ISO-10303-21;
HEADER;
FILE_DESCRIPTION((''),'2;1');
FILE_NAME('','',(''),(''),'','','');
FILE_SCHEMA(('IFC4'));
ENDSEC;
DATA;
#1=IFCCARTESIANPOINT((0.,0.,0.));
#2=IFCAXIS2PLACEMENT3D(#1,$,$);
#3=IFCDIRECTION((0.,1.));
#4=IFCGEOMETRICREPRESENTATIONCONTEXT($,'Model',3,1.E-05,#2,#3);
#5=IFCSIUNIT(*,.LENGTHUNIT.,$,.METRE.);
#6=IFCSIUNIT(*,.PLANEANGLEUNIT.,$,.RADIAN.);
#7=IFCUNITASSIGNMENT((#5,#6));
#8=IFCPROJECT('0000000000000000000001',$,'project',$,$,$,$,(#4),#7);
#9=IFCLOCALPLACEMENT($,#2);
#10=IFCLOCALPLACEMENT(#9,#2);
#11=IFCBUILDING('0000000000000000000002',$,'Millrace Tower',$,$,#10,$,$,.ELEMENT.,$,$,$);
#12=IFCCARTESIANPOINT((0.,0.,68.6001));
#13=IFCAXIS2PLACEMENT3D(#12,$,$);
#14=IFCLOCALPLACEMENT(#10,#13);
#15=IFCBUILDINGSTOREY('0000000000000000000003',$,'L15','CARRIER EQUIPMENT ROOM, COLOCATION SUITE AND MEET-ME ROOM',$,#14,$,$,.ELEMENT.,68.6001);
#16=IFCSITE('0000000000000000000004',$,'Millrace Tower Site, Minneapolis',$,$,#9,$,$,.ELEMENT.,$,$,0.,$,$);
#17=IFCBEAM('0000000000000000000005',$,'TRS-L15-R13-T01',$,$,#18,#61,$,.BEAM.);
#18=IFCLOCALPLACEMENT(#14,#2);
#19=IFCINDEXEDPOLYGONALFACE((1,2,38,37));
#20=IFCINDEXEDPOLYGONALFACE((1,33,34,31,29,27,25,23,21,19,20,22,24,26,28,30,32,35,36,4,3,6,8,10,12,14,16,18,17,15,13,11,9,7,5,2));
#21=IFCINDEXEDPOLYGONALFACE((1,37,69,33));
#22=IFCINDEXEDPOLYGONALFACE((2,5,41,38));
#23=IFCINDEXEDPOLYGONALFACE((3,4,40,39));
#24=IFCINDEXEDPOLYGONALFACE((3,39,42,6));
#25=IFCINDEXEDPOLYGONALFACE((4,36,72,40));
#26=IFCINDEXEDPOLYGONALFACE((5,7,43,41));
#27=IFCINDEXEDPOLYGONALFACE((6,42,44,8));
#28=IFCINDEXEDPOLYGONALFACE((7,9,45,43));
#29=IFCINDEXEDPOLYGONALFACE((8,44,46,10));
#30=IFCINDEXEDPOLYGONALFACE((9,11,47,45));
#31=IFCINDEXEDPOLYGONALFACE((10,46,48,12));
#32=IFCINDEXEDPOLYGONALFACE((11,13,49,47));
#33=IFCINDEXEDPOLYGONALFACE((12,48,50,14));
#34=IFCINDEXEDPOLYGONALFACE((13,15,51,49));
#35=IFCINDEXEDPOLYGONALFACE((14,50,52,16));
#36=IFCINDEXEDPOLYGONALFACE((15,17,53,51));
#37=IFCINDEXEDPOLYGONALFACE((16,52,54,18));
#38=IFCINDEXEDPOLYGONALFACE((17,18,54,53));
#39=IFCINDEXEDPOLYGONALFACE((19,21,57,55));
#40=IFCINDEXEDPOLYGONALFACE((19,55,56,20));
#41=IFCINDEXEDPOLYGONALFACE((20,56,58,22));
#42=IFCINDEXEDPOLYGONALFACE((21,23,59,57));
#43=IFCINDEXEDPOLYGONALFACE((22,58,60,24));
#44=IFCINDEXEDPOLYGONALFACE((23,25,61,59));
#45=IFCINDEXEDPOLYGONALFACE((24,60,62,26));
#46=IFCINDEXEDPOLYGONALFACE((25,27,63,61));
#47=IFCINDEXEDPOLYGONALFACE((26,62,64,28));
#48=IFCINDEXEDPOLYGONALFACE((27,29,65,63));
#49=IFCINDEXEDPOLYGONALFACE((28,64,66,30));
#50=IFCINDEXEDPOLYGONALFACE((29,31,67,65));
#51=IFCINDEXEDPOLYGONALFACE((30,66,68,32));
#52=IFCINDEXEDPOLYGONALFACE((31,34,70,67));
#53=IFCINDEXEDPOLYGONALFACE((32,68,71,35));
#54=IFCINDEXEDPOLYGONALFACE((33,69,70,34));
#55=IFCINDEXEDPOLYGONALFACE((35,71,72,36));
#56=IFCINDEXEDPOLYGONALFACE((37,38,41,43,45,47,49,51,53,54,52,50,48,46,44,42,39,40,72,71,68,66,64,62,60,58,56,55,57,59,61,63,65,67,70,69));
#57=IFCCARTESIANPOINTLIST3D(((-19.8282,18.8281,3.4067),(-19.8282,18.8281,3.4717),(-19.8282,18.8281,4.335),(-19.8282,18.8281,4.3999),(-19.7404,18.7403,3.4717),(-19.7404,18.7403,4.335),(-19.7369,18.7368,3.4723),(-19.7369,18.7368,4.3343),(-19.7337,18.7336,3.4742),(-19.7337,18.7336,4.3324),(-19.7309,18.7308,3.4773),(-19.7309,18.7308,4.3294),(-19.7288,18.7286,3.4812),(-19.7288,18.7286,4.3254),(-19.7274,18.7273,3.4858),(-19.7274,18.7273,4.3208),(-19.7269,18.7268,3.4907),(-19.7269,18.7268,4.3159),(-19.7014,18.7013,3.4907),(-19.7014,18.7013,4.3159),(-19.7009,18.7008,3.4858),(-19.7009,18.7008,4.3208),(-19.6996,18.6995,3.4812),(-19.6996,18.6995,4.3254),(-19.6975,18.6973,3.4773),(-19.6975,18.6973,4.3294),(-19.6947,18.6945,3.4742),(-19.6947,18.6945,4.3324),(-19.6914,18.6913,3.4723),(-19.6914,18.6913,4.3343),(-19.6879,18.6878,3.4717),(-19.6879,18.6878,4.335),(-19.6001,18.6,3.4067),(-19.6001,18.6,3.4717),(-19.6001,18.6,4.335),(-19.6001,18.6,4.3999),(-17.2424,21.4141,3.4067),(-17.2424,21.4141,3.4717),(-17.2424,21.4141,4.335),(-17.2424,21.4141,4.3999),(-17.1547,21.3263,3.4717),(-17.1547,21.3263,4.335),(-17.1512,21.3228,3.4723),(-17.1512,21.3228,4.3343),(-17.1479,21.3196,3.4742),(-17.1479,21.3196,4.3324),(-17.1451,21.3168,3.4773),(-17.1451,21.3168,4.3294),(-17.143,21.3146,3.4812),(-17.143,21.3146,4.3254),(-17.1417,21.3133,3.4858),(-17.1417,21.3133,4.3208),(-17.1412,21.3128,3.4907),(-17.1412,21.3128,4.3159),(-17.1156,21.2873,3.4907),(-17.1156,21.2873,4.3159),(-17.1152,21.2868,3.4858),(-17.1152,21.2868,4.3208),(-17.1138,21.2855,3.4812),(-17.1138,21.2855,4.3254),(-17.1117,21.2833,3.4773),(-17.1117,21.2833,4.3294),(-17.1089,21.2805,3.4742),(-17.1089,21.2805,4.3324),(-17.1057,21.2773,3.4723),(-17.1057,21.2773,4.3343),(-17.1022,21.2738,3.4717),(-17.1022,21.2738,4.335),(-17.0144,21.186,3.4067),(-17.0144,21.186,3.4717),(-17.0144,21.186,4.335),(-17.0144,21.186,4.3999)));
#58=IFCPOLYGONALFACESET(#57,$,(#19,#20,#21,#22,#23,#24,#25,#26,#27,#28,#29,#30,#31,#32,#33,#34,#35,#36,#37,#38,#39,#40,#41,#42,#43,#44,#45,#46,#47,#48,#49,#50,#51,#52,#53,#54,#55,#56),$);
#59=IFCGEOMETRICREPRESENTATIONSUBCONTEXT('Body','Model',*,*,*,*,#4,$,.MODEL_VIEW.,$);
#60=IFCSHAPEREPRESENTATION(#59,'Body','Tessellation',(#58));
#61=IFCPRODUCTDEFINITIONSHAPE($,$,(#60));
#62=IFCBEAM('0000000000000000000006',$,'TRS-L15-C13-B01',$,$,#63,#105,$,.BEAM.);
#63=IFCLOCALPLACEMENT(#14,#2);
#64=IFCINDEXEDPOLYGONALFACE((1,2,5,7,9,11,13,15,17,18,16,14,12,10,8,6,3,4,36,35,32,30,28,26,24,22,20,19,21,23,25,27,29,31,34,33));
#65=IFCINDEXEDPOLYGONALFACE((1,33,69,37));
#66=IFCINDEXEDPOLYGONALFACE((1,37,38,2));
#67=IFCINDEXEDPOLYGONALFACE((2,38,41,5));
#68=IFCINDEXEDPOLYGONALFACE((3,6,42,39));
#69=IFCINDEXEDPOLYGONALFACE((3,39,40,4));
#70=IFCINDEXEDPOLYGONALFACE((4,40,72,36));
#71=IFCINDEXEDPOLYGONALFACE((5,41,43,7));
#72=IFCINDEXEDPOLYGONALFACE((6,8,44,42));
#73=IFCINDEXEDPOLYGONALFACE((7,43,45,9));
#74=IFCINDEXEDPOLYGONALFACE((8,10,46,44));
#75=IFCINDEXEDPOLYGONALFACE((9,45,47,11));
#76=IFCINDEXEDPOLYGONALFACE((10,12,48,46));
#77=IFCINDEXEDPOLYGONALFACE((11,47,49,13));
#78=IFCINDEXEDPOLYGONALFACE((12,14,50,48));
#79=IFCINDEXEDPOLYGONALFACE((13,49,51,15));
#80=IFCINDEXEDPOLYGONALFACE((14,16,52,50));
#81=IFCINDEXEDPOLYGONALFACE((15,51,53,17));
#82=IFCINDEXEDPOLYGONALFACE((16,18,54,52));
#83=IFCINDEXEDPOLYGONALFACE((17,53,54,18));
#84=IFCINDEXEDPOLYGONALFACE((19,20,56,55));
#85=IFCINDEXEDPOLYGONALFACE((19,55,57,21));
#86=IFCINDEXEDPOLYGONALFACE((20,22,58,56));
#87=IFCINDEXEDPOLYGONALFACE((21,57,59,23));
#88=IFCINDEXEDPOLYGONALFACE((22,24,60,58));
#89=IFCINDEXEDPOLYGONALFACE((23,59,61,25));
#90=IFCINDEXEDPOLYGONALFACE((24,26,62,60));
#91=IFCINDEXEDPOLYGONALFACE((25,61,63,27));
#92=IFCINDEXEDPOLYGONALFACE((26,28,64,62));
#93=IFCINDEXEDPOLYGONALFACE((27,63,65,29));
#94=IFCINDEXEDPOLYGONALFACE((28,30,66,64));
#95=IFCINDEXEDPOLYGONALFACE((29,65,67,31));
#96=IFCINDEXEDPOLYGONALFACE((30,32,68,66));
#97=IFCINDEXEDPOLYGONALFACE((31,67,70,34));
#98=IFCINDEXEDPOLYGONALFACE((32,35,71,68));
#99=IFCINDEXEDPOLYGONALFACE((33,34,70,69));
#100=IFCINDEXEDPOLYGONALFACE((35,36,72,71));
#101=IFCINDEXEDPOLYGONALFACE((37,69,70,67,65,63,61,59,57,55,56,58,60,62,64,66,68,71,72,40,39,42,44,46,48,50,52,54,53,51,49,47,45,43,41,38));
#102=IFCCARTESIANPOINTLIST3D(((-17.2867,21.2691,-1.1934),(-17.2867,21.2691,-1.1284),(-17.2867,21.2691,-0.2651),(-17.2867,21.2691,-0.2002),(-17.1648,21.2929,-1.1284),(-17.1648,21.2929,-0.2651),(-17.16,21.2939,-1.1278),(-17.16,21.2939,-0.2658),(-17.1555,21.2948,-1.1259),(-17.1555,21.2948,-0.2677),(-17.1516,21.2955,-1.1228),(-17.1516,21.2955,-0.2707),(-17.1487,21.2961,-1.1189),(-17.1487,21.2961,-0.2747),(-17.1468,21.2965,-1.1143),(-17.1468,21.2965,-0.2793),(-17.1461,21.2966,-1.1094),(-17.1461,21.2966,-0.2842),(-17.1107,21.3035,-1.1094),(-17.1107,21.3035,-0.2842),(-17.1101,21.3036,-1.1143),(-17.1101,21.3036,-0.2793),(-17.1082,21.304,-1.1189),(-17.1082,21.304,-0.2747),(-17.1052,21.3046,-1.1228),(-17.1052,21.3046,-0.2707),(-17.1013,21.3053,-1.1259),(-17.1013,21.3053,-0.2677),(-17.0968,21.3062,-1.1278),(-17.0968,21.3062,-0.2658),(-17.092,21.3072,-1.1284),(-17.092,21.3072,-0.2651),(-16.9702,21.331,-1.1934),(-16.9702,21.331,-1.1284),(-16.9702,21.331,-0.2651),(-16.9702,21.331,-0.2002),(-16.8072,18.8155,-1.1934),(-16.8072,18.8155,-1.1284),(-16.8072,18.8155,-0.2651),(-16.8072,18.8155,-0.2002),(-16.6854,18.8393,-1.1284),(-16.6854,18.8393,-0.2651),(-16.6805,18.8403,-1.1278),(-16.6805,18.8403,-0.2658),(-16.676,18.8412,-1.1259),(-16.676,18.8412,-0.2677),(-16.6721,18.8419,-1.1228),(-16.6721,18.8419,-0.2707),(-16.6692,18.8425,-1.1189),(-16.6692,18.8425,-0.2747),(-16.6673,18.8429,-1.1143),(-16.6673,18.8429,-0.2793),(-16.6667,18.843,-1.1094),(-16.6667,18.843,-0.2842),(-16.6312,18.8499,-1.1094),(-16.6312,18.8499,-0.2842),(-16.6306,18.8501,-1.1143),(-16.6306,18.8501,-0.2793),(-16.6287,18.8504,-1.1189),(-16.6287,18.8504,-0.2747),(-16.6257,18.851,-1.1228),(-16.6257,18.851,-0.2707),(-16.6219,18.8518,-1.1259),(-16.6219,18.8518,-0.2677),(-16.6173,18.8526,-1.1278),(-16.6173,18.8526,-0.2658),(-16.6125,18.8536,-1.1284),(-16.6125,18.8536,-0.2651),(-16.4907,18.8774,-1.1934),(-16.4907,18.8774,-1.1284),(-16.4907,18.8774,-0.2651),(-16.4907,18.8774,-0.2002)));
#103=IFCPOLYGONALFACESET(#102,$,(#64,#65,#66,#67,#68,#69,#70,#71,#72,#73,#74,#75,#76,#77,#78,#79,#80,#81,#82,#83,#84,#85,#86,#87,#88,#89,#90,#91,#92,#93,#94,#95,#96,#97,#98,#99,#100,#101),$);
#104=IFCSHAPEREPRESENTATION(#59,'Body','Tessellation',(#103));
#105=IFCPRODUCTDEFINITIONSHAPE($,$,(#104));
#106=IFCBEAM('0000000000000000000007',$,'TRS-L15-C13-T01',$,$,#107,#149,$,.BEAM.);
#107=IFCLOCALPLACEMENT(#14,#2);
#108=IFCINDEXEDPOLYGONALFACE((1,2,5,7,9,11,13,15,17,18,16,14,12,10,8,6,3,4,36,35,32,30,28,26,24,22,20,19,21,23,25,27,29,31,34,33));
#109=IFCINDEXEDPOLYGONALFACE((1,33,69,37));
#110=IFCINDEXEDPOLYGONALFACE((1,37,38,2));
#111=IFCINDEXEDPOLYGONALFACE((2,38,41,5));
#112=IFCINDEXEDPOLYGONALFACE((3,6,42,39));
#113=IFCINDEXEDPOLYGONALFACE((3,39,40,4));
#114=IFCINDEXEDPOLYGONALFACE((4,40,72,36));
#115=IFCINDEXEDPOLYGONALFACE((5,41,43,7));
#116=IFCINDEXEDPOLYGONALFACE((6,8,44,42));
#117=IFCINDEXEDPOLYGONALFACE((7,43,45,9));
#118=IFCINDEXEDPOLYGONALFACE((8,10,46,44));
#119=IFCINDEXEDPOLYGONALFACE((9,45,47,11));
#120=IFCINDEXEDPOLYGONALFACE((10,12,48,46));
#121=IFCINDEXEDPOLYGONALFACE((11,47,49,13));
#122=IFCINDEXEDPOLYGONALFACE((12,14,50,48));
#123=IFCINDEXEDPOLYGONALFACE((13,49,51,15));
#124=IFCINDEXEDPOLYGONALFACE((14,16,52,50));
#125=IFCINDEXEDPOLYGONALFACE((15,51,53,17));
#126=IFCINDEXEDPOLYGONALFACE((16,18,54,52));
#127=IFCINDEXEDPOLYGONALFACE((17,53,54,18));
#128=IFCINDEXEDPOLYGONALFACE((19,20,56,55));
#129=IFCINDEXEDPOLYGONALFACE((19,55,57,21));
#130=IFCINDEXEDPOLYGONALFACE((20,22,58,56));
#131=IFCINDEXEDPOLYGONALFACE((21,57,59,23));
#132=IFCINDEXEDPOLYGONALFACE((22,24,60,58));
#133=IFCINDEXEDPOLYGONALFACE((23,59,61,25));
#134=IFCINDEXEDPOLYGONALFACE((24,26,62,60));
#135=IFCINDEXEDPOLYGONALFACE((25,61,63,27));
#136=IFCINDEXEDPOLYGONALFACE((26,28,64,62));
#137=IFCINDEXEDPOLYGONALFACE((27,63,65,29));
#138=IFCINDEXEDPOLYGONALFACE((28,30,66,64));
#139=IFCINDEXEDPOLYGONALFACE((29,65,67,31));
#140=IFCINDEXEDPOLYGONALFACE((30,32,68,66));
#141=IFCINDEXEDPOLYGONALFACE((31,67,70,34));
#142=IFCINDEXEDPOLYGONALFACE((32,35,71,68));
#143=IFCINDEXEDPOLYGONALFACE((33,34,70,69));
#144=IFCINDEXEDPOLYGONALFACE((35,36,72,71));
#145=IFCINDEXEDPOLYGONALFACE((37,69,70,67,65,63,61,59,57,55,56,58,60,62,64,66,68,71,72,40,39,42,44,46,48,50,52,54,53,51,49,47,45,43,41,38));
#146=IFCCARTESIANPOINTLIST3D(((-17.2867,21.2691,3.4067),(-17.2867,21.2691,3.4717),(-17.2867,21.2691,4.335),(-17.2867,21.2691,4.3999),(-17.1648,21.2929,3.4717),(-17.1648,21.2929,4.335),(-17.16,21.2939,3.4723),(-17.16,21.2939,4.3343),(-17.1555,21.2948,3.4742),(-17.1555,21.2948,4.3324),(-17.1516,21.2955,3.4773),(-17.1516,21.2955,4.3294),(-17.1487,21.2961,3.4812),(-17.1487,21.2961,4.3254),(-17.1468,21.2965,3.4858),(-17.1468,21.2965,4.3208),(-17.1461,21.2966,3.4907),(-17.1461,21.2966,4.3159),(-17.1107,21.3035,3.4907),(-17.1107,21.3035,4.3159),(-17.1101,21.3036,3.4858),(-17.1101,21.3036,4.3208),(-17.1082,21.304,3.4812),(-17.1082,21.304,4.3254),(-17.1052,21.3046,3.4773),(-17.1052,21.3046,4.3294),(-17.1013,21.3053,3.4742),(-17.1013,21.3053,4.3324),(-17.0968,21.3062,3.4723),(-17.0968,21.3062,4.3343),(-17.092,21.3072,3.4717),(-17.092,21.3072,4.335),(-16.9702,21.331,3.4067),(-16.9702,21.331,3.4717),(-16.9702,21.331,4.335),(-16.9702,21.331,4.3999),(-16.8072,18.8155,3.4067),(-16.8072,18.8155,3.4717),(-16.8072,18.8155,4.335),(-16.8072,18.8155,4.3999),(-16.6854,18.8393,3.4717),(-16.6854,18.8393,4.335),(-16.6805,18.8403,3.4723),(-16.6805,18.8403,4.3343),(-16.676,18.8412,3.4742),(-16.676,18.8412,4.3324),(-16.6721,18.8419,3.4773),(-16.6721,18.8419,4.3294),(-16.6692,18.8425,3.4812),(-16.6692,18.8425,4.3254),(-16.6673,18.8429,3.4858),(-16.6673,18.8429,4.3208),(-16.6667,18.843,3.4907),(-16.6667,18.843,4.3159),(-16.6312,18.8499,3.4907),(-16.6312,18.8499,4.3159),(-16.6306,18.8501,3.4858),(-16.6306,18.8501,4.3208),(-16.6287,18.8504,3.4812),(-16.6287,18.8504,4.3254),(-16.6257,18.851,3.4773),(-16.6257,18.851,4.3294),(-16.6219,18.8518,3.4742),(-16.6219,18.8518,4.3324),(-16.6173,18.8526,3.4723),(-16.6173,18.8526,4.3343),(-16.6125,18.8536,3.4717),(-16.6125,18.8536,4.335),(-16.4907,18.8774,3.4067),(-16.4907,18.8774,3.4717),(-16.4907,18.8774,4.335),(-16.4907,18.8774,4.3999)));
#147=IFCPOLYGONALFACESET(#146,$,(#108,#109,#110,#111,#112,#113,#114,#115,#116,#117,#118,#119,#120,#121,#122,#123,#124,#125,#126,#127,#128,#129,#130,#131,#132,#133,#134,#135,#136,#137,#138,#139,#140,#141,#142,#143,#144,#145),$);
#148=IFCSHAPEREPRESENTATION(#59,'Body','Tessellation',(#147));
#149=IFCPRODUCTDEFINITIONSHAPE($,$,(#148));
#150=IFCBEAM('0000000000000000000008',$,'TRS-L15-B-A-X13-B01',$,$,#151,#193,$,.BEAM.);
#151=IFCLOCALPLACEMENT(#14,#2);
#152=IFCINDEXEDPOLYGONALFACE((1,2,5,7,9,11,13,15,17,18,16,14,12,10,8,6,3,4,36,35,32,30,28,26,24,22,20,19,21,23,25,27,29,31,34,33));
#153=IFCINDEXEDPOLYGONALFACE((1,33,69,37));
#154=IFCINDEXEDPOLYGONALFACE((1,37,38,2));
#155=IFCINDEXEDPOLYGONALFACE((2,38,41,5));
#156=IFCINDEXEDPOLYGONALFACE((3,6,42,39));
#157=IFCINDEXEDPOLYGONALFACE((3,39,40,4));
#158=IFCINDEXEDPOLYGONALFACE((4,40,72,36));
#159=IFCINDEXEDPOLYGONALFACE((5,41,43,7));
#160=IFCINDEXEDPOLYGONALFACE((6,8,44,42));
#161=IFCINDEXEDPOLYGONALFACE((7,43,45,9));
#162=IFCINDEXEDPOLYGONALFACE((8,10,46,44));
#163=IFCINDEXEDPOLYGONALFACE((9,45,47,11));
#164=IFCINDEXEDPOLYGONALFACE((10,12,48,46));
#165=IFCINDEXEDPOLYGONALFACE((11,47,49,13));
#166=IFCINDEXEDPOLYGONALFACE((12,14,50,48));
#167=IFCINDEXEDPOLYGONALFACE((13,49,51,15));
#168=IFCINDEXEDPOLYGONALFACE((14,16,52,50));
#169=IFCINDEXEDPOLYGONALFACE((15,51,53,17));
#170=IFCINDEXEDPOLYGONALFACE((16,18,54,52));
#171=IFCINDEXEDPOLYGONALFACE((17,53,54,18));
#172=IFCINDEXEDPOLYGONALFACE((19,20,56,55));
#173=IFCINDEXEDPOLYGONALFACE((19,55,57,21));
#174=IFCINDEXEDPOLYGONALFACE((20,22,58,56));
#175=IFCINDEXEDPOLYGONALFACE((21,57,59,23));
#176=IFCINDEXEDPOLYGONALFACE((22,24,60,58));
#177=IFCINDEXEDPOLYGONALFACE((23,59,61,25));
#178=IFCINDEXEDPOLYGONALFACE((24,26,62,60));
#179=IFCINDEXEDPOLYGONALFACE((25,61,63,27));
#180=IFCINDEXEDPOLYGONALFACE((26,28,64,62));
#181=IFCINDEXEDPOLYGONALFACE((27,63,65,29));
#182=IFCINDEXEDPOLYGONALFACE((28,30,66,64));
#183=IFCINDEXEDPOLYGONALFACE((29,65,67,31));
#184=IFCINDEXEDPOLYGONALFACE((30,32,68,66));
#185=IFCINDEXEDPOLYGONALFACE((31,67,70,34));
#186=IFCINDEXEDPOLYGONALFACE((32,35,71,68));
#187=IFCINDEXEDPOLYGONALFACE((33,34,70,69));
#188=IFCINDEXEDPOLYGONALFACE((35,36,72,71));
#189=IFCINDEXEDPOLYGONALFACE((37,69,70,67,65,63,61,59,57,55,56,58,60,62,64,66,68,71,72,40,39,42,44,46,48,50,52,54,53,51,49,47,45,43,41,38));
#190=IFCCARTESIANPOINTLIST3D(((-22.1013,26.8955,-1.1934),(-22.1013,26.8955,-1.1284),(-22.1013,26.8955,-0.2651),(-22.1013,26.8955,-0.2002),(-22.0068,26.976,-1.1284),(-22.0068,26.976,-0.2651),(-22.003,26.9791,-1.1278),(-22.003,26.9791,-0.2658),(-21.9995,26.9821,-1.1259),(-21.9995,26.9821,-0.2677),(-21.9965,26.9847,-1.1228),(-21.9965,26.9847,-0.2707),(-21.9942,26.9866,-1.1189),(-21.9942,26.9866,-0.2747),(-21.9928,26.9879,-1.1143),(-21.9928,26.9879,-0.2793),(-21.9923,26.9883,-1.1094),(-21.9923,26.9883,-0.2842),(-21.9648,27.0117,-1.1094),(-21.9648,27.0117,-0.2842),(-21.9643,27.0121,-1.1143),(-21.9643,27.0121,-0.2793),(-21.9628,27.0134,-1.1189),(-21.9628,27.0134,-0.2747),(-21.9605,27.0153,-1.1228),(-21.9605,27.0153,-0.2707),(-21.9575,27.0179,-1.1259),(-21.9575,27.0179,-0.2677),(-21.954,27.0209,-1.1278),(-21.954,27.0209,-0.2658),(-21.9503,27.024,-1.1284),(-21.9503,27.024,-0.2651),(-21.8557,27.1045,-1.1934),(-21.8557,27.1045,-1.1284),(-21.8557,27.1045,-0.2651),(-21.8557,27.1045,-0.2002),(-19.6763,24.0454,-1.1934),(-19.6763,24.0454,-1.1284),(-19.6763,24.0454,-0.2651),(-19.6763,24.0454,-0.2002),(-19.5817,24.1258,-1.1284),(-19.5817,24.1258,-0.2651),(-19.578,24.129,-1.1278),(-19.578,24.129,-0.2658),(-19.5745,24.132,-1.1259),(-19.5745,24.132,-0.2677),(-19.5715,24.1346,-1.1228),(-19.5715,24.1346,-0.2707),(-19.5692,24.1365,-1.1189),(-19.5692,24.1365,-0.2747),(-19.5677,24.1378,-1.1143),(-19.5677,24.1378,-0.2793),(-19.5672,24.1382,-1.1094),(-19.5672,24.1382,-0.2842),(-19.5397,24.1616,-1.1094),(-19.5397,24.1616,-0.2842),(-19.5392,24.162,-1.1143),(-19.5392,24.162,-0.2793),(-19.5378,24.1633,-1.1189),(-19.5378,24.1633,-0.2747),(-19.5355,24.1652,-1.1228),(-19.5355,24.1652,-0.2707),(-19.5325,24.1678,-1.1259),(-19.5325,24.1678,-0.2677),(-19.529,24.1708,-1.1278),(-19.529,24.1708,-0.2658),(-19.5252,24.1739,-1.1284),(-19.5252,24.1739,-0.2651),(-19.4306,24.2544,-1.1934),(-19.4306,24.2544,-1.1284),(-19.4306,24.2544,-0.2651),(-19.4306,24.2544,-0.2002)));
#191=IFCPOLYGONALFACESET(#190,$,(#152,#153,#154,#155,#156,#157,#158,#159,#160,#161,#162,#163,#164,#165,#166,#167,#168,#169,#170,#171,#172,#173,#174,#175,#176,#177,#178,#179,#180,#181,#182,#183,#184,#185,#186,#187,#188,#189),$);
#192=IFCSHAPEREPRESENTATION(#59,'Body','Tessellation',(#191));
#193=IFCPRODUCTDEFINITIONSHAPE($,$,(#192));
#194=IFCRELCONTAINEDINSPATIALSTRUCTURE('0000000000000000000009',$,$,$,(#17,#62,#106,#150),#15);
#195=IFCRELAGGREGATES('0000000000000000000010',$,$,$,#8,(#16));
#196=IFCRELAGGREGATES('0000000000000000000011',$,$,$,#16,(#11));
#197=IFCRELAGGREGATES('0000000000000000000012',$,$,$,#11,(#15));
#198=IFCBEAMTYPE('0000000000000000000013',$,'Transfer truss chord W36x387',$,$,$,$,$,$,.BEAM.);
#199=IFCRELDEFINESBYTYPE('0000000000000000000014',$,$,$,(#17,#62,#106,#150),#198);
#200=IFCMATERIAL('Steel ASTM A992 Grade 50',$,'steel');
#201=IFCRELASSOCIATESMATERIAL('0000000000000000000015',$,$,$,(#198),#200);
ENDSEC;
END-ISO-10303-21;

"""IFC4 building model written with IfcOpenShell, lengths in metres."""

from ifc_helpers import new_model, si_unit, direction, frame, origin, origin_2d, place, context, subcontext, project, spatial, i_section, extrude, material, material_profile, profile_set, type_object, element, save


model = new_model("IFC4")

# Units and contexts
model_context = context("Model", 3, precision=1e-05, world=origin(), true_north=direction((0.0, 1.0)))
body_context = subcontext(model_context, "Body", "Model", "MODEL_VIEW")
ifc_project = project(units=[si_unit("LENGTHUNIT", "METRE"), si_unit("PLANEANGLEUNIT", "RADIAN")], contexts=[model_context])

# Site, building, storey
site_placement = place(None, origin())
site = spatial("IfcSite", under=ifc_project, at=site_placement, Name="Millrace Tower Site, Minneapolis", CompositionType="ELEMENT", RefElevation=0.0)
building_placement = place(site_placement, origin())
building = spatial("IfcBuilding", under=site, at=building_placement, Name="Millrace Tower", CompositionType="ELEMENT")
storey_placement = place(building_placement, frame((0.0, 0.0, 68.6001)))
storey = spatial("IfcBuildingStorey", under=building, at=storey_placement, Name="L15", Description="CARRIER EQUIPMENT ROOM, COLOCATION SUITE AND MEET-ME ROOM", CompositionType="ELEMENT", Elevation=68.6001)

# Beams
ifc_material_1 = material(Name="Steel ASTM A992 Grade 50", Category="steel")
ifc_material_profile_1 = material_profile(ifc_material_1, i_section(OverallWidth=0.3225, OverallDepth=0.9932, WebThickness=0.0361, FlangeThickness=0.0649, FilletRadius=0.019, at=origin_2d()))
ifc_profile_set_1 = profile_set([ifc_material_profile_1], Name="Steel ASTM A992 Grade 50")
beam_type = type_object("IfcBeamType", Name="Transfer truss chord W36x387", PredefinedType="BEAM", material=ifc_profile_set_1)
for number, where, z_axis, x_axis, name in (
    (1, (-17.1284, 21.3, 3.9033), (-0.707073, -0.70714, 0.0), (0.70714, -0.707073, 0.0), "TRS-L15-R13-T01"),
):
    element("IfcBeam", number, at=place(storey_placement, frame(where, z_axis=z_axis, x_axis=x_axis)), inside=storey, type_object=beam_type, Name=name, PredefinedType="BEAM", context=body_context, shape_type="SweptSolid", body=[
        extrude(i_section(OverallWidth=0.3225, OverallDepth=0.9932, WebThickness=0.0361, FlangeThickness=0.0649, FilletRadius=0.019, at=origin_2d()), origin(), (0.0, 0.0, 1.0), 3.657),
    ])
for number, where, z_axis, x_axis, name in (
    (2, (-17.1284, 21.3, -0.6968), (0.191795, -0.981435, 0.0), (0.981435, 0.191795, 0.0), "TRS-L15-C13-B01"),
    (3, (-17.1284, 21.3, 3.9033), (0.191795, -0.981435, 0.0), (0.981435, 0.191795, 0.0), "TRS-L15-C13-T01"),
):
    element("IfcBeam", number, at=place(storey_placement, frame(where, z_axis=z_axis, x_axis=x_axis)), inside=storey, type_object=beam_type, Name=name, PredefinedType="BEAM", context=body_context, shape_type="SweptSolid", body=[
        extrude(i_section(OverallWidth=0.3225, OverallDepth=0.9932, WebThickness=0.0361, FlangeThickness=0.0649, FilletRadius=0.019, at=origin_2d()), origin(), (0.0, 0.0, 1.0), 2.5),
    ])
for number, where, z_axis, x_axis, name in (
    (4, (-21.9785, 27.0, -0.6968), (0.648031, -0.761614, 0.0), (0.761614, 0.648031, 0.0), "TRS-L15-B-A-X13-B01"),
):
    element("IfcBeam", number, at=place(storey_placement, frame(where, z_axis=z_axis, x_axis=x_axis)), inside=storey, type_object=beam_type, Name=name, PredefinedType="BEAM", context=body_context, shape_type="SweptSolid", body=[
        extrude(i_section(OverallWidth=0.3225, OverallDepth=0.9932, WebThickness=0.0361, FlangeThickness=0.0649, FilletRadius=0.019, at=origin_2d()), origin(), (0.0, 0.0, 1.0), 3.7422),
    ])

save(model, "model.ifc")
